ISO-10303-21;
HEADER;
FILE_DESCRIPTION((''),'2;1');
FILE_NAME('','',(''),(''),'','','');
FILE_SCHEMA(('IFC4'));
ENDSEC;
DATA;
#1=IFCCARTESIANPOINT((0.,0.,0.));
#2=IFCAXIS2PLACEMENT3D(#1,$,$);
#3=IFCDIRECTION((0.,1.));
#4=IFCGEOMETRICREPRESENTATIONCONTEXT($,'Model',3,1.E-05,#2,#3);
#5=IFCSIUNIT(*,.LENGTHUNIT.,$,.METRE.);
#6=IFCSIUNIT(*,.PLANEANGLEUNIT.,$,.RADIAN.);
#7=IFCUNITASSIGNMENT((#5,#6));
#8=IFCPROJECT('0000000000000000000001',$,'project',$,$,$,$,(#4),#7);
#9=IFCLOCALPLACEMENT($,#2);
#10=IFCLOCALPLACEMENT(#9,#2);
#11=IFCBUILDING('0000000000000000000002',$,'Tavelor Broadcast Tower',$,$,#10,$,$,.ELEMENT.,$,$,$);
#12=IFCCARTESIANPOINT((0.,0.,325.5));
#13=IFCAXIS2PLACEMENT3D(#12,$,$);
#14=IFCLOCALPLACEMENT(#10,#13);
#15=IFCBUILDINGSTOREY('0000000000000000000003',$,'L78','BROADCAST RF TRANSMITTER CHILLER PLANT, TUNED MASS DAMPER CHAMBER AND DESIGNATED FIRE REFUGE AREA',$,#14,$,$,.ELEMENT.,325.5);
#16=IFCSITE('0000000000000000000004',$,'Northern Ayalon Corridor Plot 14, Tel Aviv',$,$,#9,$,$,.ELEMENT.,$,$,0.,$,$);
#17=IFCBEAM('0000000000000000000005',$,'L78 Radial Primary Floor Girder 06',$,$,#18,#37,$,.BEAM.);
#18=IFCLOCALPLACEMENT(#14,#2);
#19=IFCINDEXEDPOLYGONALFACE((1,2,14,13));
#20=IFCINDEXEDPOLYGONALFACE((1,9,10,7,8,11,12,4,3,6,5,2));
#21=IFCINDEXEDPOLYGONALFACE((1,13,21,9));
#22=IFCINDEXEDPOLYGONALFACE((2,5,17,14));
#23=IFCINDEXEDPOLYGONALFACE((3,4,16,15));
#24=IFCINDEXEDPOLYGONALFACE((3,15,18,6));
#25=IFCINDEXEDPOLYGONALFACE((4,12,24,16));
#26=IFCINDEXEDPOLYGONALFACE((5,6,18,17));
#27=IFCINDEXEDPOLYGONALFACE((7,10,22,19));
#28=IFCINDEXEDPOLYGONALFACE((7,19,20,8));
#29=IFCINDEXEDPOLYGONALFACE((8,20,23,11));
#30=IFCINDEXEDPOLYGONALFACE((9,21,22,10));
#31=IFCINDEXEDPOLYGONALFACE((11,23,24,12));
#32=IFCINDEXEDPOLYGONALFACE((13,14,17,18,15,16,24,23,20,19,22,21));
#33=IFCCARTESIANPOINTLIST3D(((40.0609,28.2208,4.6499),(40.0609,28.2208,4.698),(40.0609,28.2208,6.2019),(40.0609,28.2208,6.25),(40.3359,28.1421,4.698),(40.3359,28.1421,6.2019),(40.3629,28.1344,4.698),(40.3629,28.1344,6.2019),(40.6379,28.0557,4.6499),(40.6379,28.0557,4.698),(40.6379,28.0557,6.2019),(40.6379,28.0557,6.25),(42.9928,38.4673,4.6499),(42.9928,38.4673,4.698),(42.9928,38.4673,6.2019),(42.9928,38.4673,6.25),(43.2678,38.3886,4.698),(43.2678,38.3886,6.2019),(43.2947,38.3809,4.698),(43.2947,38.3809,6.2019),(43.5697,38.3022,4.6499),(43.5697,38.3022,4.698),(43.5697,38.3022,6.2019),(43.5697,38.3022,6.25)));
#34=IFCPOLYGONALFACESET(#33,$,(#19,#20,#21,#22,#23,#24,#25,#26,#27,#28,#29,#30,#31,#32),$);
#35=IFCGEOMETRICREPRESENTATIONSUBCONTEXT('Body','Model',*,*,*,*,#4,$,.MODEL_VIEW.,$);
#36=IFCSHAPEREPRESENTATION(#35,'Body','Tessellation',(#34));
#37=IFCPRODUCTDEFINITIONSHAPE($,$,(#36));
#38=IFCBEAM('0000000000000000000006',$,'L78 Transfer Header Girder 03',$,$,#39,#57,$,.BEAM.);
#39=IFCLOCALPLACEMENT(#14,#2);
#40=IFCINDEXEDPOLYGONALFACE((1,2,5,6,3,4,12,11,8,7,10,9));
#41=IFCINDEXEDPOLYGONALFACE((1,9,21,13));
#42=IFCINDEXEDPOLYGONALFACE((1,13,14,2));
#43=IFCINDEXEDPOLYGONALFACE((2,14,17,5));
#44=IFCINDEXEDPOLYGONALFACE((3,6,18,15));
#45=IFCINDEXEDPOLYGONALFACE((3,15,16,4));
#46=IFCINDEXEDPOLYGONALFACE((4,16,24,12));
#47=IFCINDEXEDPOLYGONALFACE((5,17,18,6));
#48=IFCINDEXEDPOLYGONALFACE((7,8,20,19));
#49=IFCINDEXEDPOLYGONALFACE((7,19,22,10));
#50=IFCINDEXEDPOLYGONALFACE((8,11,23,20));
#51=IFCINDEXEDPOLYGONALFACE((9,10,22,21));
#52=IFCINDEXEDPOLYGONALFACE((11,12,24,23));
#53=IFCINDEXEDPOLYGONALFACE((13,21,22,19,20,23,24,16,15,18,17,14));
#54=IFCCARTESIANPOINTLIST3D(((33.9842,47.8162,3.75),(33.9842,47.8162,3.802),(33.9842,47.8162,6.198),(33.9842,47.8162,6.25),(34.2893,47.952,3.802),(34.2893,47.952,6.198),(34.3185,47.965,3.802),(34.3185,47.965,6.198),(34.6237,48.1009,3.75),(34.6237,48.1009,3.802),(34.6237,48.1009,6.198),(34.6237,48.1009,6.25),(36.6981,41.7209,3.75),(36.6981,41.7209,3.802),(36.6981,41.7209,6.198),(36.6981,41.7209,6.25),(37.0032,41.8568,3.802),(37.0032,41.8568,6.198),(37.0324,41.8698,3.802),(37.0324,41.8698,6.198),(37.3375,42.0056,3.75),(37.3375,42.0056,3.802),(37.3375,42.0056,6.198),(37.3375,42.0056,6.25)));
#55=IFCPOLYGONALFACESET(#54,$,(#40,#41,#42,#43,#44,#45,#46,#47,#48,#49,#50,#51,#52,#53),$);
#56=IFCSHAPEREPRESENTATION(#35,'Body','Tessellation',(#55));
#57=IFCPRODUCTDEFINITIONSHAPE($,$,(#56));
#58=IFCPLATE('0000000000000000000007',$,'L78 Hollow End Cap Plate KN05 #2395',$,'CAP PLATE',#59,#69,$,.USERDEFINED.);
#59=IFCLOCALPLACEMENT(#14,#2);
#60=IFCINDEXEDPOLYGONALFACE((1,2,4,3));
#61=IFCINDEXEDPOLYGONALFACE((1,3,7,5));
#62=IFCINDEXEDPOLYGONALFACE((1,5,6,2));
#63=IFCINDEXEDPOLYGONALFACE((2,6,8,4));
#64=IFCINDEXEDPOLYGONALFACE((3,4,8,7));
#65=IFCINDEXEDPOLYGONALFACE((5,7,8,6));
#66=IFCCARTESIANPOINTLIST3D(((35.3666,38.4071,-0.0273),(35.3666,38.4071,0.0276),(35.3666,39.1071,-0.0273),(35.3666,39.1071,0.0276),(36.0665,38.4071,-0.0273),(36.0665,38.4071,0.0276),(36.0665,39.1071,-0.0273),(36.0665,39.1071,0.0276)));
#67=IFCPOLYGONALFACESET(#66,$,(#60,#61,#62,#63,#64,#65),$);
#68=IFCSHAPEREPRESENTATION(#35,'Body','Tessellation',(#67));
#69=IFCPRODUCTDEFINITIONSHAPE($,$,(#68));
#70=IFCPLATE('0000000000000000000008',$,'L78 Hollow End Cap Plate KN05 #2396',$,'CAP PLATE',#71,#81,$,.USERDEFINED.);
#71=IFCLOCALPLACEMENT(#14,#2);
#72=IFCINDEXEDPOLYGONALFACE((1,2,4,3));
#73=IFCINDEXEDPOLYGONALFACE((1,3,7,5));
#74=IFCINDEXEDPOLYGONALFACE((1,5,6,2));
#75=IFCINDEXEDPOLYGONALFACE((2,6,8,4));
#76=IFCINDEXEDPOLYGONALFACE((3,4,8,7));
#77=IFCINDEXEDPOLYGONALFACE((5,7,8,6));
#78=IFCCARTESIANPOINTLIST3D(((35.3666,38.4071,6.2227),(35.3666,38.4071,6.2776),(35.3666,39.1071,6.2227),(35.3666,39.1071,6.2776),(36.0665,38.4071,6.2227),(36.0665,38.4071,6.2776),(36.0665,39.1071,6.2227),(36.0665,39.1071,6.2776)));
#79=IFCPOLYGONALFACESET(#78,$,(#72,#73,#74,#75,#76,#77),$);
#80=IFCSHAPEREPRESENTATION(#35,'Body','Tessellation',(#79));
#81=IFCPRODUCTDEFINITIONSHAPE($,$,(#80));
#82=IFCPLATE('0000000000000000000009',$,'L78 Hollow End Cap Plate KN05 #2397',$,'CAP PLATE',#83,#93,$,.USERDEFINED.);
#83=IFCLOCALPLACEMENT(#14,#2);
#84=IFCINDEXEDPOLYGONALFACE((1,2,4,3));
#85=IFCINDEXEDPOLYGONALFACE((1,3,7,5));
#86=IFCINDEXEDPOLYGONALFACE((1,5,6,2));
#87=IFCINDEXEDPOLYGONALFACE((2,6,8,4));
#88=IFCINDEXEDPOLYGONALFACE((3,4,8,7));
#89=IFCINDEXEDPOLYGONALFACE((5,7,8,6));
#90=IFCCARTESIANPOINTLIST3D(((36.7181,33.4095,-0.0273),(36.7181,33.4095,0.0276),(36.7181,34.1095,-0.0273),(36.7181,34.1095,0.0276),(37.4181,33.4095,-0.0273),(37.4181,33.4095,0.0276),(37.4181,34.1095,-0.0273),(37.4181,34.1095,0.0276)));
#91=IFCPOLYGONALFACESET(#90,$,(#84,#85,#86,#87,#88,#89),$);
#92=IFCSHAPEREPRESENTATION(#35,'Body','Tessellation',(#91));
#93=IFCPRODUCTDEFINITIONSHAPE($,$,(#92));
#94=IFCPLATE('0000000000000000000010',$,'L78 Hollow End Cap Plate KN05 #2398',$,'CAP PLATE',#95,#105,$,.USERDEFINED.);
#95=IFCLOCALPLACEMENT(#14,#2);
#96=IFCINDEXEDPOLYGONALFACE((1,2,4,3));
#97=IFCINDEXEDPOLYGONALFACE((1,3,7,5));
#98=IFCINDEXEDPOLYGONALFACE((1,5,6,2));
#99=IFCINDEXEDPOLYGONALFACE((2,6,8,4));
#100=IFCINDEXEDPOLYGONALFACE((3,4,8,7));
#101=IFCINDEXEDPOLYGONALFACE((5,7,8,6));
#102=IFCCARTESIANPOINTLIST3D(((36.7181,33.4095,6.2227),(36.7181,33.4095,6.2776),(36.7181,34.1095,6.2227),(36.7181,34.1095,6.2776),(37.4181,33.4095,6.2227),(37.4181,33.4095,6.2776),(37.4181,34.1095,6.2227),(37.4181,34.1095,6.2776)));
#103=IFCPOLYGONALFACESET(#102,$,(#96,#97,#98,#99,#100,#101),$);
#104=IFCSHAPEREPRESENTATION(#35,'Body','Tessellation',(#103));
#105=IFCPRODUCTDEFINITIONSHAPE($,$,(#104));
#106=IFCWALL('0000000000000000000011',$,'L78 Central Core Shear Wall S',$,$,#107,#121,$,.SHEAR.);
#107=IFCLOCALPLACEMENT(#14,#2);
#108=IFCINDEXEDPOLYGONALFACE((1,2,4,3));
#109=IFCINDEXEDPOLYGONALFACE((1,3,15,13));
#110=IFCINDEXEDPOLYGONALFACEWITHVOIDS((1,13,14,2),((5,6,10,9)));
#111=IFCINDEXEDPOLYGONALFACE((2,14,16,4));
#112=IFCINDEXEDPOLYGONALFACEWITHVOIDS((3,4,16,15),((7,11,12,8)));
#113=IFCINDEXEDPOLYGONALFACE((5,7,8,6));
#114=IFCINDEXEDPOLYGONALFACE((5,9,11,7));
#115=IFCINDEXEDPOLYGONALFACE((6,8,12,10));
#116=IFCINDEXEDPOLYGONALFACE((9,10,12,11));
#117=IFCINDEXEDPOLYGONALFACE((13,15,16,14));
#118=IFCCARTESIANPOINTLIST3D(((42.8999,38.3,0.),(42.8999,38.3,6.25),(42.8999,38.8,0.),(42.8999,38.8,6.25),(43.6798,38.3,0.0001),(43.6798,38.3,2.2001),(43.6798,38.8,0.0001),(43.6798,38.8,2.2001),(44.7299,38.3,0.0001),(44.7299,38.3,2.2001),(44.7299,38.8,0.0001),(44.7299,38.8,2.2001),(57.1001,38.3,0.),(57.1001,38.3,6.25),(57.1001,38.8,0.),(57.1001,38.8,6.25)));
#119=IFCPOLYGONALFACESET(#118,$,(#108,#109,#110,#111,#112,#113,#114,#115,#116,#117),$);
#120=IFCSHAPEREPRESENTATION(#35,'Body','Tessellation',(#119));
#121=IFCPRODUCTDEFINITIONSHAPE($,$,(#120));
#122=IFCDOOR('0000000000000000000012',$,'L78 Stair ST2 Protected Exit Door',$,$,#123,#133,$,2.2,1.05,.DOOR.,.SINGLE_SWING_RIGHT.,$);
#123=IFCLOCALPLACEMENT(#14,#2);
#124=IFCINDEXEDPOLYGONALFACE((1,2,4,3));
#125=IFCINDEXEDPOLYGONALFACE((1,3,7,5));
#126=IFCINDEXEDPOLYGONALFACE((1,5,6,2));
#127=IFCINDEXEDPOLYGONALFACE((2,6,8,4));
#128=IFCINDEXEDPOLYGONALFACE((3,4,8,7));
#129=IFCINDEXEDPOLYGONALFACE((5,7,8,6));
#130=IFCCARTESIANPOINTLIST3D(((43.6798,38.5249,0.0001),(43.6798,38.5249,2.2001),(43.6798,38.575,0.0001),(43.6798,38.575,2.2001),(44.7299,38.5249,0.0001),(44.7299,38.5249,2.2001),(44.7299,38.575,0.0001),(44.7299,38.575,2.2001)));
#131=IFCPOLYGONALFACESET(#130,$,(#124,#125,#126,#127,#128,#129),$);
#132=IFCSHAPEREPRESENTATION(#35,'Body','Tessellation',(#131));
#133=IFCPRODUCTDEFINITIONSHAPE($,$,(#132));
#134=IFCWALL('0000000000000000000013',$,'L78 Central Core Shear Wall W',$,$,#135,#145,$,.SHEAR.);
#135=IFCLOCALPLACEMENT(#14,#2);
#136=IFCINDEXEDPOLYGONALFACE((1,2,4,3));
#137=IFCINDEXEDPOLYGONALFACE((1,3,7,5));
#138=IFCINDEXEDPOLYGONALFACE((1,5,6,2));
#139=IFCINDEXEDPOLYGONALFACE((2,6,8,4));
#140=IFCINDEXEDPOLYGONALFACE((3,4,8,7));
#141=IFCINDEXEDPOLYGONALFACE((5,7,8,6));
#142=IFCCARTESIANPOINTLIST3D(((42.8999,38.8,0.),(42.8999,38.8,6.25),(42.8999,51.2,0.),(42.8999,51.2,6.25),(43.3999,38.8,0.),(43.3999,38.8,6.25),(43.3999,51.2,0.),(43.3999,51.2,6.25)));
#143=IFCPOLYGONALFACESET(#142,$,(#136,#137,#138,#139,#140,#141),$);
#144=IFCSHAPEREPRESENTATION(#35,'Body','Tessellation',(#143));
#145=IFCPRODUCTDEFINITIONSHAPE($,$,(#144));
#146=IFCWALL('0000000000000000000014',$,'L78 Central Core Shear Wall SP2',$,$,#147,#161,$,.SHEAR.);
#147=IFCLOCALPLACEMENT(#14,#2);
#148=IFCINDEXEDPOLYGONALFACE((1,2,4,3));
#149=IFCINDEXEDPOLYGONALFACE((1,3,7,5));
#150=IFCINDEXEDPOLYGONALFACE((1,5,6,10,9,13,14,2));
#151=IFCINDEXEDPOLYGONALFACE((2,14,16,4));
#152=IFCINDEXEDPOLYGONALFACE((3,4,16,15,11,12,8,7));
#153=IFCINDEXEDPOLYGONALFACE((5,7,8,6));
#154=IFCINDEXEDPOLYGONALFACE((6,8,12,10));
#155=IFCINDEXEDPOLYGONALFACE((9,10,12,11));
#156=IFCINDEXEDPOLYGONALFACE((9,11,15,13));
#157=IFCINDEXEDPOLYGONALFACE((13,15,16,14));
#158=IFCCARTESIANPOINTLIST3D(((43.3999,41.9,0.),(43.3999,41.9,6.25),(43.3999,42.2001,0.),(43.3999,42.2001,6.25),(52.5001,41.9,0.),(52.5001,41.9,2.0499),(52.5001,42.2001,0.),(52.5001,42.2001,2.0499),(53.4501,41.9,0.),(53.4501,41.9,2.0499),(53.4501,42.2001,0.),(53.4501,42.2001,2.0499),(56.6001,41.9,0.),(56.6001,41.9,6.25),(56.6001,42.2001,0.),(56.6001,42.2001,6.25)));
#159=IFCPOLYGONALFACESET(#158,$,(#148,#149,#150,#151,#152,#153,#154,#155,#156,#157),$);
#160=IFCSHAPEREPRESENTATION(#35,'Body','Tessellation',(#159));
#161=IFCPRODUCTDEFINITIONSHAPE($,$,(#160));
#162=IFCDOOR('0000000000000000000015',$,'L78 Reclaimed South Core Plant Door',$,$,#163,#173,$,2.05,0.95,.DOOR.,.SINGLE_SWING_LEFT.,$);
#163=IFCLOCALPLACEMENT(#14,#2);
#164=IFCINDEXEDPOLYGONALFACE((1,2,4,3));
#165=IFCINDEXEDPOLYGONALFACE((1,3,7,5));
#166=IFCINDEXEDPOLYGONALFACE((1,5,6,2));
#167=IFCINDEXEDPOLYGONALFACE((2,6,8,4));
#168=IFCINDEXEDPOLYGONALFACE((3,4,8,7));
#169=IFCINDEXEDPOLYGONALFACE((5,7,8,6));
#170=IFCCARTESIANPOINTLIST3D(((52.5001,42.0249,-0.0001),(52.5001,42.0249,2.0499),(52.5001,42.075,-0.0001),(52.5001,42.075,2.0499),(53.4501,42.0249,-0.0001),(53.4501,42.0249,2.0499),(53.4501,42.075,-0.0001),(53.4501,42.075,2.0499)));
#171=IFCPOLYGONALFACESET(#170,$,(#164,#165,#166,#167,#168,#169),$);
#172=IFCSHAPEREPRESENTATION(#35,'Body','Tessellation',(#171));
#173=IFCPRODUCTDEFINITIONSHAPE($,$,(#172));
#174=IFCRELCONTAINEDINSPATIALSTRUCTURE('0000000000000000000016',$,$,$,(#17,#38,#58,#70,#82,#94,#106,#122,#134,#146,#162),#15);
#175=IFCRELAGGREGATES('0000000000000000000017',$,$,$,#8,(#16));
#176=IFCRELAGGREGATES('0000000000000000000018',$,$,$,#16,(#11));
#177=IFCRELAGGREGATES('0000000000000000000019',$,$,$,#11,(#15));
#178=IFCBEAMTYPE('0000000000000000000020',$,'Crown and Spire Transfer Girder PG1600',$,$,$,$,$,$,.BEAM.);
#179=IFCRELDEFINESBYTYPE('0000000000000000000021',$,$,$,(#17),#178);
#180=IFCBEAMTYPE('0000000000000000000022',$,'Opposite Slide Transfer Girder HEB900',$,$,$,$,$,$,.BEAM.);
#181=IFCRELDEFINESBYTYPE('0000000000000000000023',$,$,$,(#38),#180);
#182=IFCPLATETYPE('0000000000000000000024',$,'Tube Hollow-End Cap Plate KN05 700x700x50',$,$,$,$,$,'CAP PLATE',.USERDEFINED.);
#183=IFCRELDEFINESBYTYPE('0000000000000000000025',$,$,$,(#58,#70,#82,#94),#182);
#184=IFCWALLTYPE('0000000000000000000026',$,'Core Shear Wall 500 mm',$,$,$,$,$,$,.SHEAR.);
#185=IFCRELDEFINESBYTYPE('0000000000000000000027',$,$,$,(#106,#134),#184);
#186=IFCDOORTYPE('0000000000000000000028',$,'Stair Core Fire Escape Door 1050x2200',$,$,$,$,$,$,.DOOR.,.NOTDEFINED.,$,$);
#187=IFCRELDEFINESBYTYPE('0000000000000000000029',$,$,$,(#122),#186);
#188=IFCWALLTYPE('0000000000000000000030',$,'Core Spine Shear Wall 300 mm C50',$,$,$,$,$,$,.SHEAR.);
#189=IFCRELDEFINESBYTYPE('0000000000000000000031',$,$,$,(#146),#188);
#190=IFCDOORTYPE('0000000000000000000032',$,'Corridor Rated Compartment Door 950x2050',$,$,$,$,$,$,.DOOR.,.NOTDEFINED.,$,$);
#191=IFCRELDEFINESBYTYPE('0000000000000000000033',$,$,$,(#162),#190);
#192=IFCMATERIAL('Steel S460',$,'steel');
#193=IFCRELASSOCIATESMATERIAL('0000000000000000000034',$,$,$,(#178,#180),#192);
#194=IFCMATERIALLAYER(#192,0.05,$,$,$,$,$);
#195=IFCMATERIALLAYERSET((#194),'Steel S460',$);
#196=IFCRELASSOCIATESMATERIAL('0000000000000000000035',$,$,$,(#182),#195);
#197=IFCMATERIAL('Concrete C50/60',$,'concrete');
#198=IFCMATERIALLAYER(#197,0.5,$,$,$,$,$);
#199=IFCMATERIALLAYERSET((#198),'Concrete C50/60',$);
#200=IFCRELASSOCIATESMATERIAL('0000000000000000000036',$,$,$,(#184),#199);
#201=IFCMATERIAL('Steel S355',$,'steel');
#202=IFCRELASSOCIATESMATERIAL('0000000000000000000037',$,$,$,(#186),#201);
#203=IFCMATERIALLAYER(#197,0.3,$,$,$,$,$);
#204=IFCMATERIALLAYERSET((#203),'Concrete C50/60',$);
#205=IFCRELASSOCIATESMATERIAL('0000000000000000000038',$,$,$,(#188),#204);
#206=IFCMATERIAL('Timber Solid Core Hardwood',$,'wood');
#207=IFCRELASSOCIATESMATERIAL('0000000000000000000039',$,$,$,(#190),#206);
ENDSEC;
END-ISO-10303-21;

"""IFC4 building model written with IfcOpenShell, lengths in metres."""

from ifc_helpers import new_model, si_unit, direction, frame, frame_2d, origin, origin_2d, place, context, subcontext, project, spatial, rectangle, i_section, extrude, source, transform, mapped, material, layer, layer_set, material_profile, profile_set, type_object, type_shapes, element, fill, save


model = new_model("IFC4")

# Units and contexts
model_context = context("Model", 3, precision=1e-05, world=origin(), true_north=direction((0.0, 1.0)))
body_context = subcontext(model_context, "Body", "Model", "MODEL_VIEW")
ifc_project = project(units=[si_unit("LENGTHUNIT", "METRE"), si_unit("PLANEANGLEUNIT", "RADIAN")], contexts=[model_context])

# Site, building, storey
site_placement = place(None, origin())
site = spatial("IfcSite", under=ifc_project, at=site_placement, Name="Northern Ayalon Corridor Plot 14, Tel Aviv", CompositionType="ELEMENT", RefElevation=0.0)
building_placement = place(site_placement, origin())
building = spatial("IfcBuilding", under=site, at=building_placement, Name="Tavelor Broadcast Tower", CompositionType="ELEMENT")
storey_placement = place(building_placement, frame((0.0, 0.0, 325.5)))
storey = spatial("IfcBuildingStorey", under=building, at=storey_placement, Name="L78", Description="BROADCAST RF TRANSMITTER CHILLER PLANT, TUNED MASS DAMPER CHAMBER AND DESIGNATED FIRE REFUGE AREA", CompositionType="ELEMENT", Elevation=325.5)

# Shared definitions
ifc_material_1 = material(Name="Concrete C50/60", Category="concrete")
ifc_material_2 = material(Name="Steel S460", Category="steel")

# Beams
ifc_material_profile_1 = material_profile(ifc_material_2, i_section(OverallWidth=0.6001, OverallDepth=1.6001, WebThickness=0.0281, FlangeThickness=0.0481, at=origin_2d()), Name="PG 1600x600")
ifc_profile_set_1 = profile_set([ifc_material_profile_1], Name="Steel S460")
beam_type_1 = type_object("IfcBeamType", Name="Crown and Spire Transfer Girder PG1600", PredefinedType="BEAM", material=ifc_profile_set_1)
beam_1_placement = place(storey_placement, frame((43.2812, 38.3848, 5.45), z_axis=(-0.275093, -0.961418, 0.0), x_axis=(0.961418, -0.275093, 0.0)))
element("IfcBeam", 1, at=beam_1_placement, inside=storey, type_object=beam_type_1, Name="L78 Radial Primary Floor Girder 06", PredefinedType="BEAM", context=body_context, shape_type="SweptSolid", body=[
    extrude(i_section(OverallWidth=0.6001, OverallDepth=1.6001, WebThickness=0.0281, FlangeThickness=0.0481, at=origin_2d()), origin(), (0.0, 0.0, 1.0), 10.6577),
])
ifc_material_profile_2 = material_profile(ifc_material_2, i_section(OverallWidth=0.7, OverallDepth=2.5, WebThickness=0.032, FlangeThickness=0.052, at=origin_2d()), Name="PG 2500x700")
ifc_profile_set_2 = profile_set([ifc_material_profile_2], Name="Steel S460")
beam_type_2 = type_object("IfcBeamType", Name="Opposite Slide Transfer Girder HEB900", PredefinedType="BEAM", material=ifc_profile_set_2)
beam_2_placement = place(storey_placement, frame((37.0178, 41.8633, 5.0), z_axis=(-0.406749, 0.91354, 0.0), x_axis=(-0.91354, -0.406749, 0.0)))
element("IfcBeam", 2, at=beam_2_placement, inside=storey, type_object=beam_type_2, Name="L78 Transfer Header Girder 03", PredefinedType="BEAM", context=body_context, shape_type="SweptSolid", body=[
    extrude(i_section(OverallWidth=0.7, OverallDepth=2.5, WebThickness=0.032, FlangeThickness=0.052, at=origin_2d()), origin(), (0.0, 0.0, 1.0), 6.6721),
])

# Plates
ifc_layer_1 = layer(ifc_material_2, 0.05)
ifc_layer_set_1 = layer_set([ifc_layer_1], Name="Steel S460")
plate_type = type_object("IfcPlateType", Name="Tube Hollow-End Cap Plate KN05 700x700x50", ElementType="CAP PLATE", PredefinedType="USERDEFINED", material=ifc_layer_set_1)
shared_shape = source(origin(), body_context, "Body", "SweptSolid", [
    extrude(rectangle(XDim=0.7, YDim=0.7, at=origin_2d()), origin(), (0.0, 0.0, 1.0), 0.0549),
])
type_shapes(plate_type, [shared_shape])
for number, where, z_axis, x_axis, name in (
    (3, (35.7166, 38.7571, -0.0273), (0.0, 0.0, 1.0), (1.0, 0.0, 0.0), "L78 Hollow End Cap Plate KN05 #2395"),
    (4, (35.7166, 38.7571, 6.2227), (0.0, 0.0, 1.0), (1.0, 0.0, 0.0), "L78 Hollow End Cap Plate KN05 #2396"),
    (5, (37.0681, 33.7595, -0.0273), (0.0, 0.0, 1.0), (1.0, 0.0, 0.0), "L78 Hollow End Cap Plate KN05 #2397"),
    (6, (37.0681, 33.7595, 6.2227), (0.0, 0.0, 1.0), (1.0, 0.0, 0.0), "L78 Hollow End Cap Plate KN05 #2398"),
):
    element("IfcPlate", number, at=place(storey_placement, frame(where, z_axis=z_axis, x_axis=x_axis)), inside=storey, type_object=plate_type, Name=name, ObjectType="CAP PLATE", PredefinedType="USERDEFINED", context=body_context, shape_type="MappedRepresentation", body=[
        mapped(shared_shape, transform((0.0, 0.0, 0.0), scale=1.0)),
    ])

# Wall, opening, door
ifc_layer_2 = layer(ifc_material_1, 0.5)
ifc_layer_set_2 = layer_set([ifc_layer_2], Name="Concrete C50/60")
wall_type_1 = type_object("IfcWallType", Name="Core Shear Wall 500 mm", PredefinedType="SHEAR", material=ifc_layer_set_2)
wall_1_placement = place(storey_placement, frame((42.8999, 38.55, 0.0), z_axis=(0.0, 0.0, 1.0), x_axis=(1.0, 0.0, 0.0)))
wall_1 = element("IfcWall", 7, at=wall_1_placement, inside=storey, type_object=wall_type_1, Name="L78 Central Core Shear Wall S", PredefinedType="SHEAR", context=body_context, shape_type="SweptSolid", body=[
    extrude(rectangle(XDim=14.2002, YDim=0.5, at=frame_2d((7.1001, 0.0))), origin(), (0.0, 0.0, 1.0), 6.25),
])
opening_1_placement = place(wall_1_placement, frame((0.78, 0.0, 0.0)))
opening_1 = element("IfcOpeningElement", 8, at=opening_1_placement, cuts=wall_1, PredefinedType="OPENING", context=body_context, shape_type="SweptSolid", body=[
    extrude(rectangle(XDim=1.05, YDim=2.2, at=frame_2d((0.5249, 1.1001))), frame((0.0, 0.26, 0.0), z_axis=(0.0, -1.0, 0.0), x_axis=(1.0, 0.0, 0.0)), (0.0, 0.0, 1.0), 0.52),
])
ifc_material_3 = material(Name="Steel S355", Category="steel")
door_type_1 = type_object("IfcDoorType", Name="Stair Core Fire Escape Door 1050x2200", OperationType="NOTDEFINED", PredefinedType="DOOR", material=ifc_material_3)
door_1_placement = place(opening_1_placement, origin())
door_1 = element("IfcDoor", 9, at=door_1_placement, inside=storey, type_object=door_type_1, Name="L78 Stair ST2 Protected Exit Door", OperationType="SINGLE_SWING_RIGHT", OverallHeight=2.2, OverallWidth=1.05, PredefinedType="DOOR", context=body_context, shape_type="SweptSolid", body=[
    extrude(rectangle(XDim=1.05, YDim=2.2, at=frame_2d((0.5249, 1.1001))), frame((0.0, 0.0249, 0.0), z_axis=(0.0, -1.0, 0.0), x_axis=(1.0, 0.0, 0.0)), (0.0, 0.0, 1.0), 0.05),
])
fill(opening_1, door_1)

# Wall
wall_2_placement = place(storey_placement, frame((43.1499, 38.8, 0.0), z_axis=(0.0, 0.0, 1.0), x_axis=(0.0, 1.0, 0.0)))
element("IfcWall", 10, at=wall_2_placement, inside=storey, type_object=wall_type_1, Name="L78 Central Core Shear Wall W", PredefinedType="SHEAR", context=body_context, shape_type="SweptSolid", body=[
    extrude(rectangle(XDim=12.3999, YDim=0.5, at=frame_2d((6.2, 0.0))), origin(), (0.0, 0.0, 1.0), 6.25),
])

# Wall, opening, door
ifc_layer_3 = layer(ifc_material_1, 0.3)
ifc_layer_set_3 = layer_set([ifc_layer_3], Name="Concrete C50/60")
wall_type_2 = type_object("IfcWallType", Name="Core Spine Shear Wall 300 mm C50", PredefinedType="SHEAR", material=ifc_layer_set_3)
wall_3_placement = place(storey_placement, frame((43.3999, 42.05, 0.0), z_axis=(0.0, 0.0, 1.0), x_axis=(1.0, 0.0, 0.0)))
wall_3 = element("IfcWall", 11, at=wall_3_placement, inside=storey, type_object=wall_type_2, Name="L78 Central Core Shear Wall SP2", PredefinedType="SHEAR", context=body_context, shape_type="SweptSolid", body=[
    extrude(rectangle(XDim=13.2002, YDim=0.3, at=frame_2d((6.6001, 0.0))), origin(), (0.0, 0.0, 1.0), 6.25),
])
opening_2_placement = place(wall_3_placement, frame((9.1001, 0.0, 0.0)))
opening_2 = element("IfcOpeningElement", 12, at=opening_2_placement, cuts=wall_3, PredefinedType="OPENING", context=body_context, shape_type="SweptSolid", body=[
    extrude(rectangle(XDim=0.95, YDim=2.05, at=frame_2d((0.4751, 1.0249))), frame((0.0, 0.1602, 0.0), z_axis=(0.0, -1.0, 0.0), x_axis=(1.0, 0.0, 0.0)), (0.0, 0.0, 1.0), 0.3201),
])
ifc_material_4 = material(Name="Timber Solid Core Hardwood", Category="wood")
door_type_2 = type_object("IfcDoorType", Name="Corridor Rated Compartment Door 950x2050", OperationType="NOTDEFINED", PredefinedType="DOOR", material=ifc_material_4)
door_2_placement = place(opening_2_placement, origin())
door_2 = element("IfcDoor", 13, at=door_2_placement, inside=storey, type_object=door_type_2, Name="L78 Reclaimed South Core Plant Door", OperationType="SINGLE_SWING_LEFT", OverallHeight=2.05, OverallWidth=0.95, PredefinedType="DOOR", context=body_context, shape_type="SweptSolid", body=[
    extrude(rectangle(XDim=0.95, YDim=2.05, at=frame_2d((0.4751, 1.0249))), frame((0.0, 0.0249, 0.0), z_axis=(0.0, -1.0, 0.0), x_axis=(1.0, 0.0, 0.0)), (0.0, 0.0, 1.0), 0.05),
])
fill(opening_2, door_2)

save(model, "model.ifc")
